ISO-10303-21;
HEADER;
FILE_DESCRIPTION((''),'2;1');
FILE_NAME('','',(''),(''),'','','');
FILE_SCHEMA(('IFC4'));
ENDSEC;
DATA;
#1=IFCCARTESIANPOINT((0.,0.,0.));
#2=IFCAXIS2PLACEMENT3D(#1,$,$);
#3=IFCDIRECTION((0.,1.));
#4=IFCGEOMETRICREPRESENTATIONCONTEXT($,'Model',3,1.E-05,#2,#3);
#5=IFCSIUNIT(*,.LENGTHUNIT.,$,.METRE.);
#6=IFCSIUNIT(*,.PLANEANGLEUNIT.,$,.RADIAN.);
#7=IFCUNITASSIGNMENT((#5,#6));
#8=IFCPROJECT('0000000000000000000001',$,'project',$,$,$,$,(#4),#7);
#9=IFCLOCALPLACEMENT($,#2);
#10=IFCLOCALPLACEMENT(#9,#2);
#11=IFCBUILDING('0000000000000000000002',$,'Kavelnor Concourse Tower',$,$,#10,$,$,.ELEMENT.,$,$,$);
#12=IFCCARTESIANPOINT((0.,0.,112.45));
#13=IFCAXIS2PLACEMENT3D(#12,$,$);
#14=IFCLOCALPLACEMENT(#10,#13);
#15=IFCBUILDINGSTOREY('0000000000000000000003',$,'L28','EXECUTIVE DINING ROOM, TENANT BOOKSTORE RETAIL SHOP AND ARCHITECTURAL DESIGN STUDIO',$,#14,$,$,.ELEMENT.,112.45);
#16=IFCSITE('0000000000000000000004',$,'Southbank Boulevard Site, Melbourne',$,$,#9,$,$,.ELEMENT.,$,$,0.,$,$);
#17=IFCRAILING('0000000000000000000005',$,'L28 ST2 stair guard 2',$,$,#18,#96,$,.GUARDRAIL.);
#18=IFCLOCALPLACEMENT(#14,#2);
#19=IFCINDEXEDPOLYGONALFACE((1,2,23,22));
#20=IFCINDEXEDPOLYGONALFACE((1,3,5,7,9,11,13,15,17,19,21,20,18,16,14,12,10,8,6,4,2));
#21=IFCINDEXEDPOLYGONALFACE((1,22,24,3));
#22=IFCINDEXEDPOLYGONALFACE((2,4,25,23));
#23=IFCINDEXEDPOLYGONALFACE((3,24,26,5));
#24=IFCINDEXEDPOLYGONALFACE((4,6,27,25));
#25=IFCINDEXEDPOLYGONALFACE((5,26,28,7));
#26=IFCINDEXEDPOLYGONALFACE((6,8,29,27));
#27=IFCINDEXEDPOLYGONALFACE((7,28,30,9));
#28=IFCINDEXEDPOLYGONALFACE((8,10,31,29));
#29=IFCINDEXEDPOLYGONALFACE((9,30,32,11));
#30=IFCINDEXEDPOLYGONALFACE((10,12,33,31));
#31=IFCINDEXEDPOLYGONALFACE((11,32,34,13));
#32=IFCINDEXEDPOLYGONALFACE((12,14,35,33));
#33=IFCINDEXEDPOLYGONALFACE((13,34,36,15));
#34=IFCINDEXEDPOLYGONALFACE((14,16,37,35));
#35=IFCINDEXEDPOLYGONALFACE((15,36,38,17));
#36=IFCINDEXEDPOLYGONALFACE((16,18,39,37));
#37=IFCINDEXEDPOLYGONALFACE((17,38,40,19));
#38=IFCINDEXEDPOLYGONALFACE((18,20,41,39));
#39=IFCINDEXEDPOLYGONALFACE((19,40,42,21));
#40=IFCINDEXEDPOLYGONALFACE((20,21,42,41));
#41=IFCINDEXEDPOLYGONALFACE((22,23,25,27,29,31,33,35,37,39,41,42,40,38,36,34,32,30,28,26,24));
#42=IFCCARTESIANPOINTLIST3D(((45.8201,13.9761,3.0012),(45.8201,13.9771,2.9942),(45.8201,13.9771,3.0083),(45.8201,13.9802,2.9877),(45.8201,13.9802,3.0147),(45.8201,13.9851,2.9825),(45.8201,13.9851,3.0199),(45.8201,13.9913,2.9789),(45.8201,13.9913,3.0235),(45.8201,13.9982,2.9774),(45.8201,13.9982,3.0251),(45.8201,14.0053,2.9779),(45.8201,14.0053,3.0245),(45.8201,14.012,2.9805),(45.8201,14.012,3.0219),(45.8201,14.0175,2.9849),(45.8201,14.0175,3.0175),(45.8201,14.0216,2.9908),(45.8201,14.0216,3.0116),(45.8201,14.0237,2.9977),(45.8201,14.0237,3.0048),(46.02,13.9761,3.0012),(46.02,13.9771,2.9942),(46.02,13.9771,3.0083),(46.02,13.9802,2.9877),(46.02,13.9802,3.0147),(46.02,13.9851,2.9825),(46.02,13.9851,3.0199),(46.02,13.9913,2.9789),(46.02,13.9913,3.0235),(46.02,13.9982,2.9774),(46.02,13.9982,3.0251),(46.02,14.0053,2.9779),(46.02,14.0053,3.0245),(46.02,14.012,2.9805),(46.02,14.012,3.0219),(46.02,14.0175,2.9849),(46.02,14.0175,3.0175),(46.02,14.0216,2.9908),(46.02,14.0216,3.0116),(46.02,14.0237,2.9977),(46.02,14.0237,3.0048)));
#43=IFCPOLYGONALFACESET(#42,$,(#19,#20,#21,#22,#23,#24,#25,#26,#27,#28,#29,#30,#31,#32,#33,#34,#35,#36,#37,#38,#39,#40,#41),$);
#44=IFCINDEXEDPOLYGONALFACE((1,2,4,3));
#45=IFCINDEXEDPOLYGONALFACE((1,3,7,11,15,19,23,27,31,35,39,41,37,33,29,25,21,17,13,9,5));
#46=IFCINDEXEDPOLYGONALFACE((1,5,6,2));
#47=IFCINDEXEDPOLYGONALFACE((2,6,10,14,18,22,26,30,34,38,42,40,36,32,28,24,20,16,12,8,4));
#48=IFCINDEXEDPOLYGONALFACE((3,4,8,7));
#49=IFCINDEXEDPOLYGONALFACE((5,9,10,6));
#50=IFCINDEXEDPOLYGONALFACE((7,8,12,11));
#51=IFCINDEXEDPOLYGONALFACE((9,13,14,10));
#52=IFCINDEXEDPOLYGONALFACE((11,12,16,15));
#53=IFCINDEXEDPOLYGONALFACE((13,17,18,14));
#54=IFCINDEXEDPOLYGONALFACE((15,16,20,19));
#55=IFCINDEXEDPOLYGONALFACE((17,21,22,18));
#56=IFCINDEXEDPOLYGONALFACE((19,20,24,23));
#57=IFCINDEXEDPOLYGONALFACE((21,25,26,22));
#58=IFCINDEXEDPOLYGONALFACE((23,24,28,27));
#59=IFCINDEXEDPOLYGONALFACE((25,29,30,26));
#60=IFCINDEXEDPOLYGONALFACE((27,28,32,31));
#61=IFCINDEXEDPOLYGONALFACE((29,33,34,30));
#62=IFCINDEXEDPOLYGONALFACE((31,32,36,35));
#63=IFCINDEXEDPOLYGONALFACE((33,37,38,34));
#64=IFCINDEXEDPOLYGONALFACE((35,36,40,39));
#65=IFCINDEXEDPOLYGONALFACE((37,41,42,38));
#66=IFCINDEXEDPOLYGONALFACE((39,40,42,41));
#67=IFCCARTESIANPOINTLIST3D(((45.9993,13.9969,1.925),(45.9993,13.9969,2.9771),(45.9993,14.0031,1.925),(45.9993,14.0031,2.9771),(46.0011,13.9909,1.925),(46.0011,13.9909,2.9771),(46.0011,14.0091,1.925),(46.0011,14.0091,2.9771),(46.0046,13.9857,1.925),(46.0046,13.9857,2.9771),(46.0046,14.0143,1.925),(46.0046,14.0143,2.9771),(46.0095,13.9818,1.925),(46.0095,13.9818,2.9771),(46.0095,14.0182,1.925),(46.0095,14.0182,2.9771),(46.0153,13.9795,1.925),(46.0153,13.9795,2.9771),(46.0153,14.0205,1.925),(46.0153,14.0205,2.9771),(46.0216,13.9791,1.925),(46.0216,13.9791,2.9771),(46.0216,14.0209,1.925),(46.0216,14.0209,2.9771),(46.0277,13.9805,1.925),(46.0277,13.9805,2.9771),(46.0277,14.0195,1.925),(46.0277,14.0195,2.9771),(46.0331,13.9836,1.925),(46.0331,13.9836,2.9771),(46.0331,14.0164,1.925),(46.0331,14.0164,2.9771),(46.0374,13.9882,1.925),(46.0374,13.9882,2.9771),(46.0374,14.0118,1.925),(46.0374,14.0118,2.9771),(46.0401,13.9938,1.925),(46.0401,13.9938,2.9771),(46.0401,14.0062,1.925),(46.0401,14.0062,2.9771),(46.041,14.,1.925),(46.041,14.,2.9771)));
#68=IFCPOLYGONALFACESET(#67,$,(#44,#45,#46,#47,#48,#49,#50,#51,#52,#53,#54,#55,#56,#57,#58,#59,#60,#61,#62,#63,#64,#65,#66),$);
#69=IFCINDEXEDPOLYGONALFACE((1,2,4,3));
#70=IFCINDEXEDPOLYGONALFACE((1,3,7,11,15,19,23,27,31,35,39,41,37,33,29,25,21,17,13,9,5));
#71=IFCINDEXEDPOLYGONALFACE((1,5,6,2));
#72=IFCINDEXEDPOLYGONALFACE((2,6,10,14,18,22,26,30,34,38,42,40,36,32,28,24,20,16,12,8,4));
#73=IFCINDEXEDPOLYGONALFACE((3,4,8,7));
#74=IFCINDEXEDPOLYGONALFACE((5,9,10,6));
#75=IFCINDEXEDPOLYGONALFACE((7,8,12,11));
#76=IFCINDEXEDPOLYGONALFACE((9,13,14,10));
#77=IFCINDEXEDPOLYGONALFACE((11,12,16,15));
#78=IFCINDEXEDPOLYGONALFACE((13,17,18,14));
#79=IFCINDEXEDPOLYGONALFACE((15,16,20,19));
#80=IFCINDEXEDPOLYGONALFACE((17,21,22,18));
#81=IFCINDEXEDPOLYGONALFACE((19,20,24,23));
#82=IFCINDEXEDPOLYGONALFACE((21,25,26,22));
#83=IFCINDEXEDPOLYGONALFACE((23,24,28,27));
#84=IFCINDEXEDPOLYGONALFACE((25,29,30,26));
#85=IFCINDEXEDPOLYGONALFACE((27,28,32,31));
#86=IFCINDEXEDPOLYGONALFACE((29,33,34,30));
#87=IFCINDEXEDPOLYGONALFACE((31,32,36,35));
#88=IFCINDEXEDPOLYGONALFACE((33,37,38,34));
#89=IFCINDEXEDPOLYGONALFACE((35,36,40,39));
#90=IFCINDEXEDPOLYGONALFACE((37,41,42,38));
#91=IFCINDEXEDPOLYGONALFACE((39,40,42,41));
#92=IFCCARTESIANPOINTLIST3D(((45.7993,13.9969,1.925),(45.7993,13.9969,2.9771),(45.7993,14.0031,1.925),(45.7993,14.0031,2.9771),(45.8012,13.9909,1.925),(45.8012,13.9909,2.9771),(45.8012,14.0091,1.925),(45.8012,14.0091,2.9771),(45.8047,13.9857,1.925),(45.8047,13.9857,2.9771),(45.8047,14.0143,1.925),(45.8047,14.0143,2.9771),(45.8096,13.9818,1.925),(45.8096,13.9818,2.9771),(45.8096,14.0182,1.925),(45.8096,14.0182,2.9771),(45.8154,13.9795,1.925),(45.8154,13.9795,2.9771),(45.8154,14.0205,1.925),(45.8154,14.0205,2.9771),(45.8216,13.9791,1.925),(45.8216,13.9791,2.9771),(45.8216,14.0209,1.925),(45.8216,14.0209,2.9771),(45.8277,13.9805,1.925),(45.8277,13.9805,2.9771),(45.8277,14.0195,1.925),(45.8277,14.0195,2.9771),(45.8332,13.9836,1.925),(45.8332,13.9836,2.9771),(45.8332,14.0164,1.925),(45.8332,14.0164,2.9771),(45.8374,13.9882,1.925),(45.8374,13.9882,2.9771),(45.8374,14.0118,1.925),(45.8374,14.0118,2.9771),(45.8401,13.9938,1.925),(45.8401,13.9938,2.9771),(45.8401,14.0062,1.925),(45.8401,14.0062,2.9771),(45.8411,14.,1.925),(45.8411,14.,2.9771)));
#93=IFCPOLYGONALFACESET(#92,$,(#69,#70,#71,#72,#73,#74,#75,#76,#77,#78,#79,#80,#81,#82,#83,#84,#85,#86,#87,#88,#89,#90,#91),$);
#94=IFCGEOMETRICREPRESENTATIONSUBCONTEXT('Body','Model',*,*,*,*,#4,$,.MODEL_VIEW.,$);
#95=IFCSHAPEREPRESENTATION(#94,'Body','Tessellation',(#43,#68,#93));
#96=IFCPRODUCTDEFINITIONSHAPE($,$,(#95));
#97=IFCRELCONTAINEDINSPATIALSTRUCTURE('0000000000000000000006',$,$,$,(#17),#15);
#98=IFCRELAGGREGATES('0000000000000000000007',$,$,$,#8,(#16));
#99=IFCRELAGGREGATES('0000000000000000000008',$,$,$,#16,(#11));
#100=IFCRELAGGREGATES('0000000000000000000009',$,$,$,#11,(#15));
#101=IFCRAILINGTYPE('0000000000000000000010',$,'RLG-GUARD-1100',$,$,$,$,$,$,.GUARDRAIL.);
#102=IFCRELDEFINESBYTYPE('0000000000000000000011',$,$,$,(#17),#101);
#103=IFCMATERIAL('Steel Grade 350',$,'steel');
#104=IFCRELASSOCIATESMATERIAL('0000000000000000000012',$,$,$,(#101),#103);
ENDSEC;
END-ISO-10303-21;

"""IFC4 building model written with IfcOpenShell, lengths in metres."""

from ifc_helpers import new_model, si_unit, direction, frame, origin, origin_2d, place, context, subcontext, project, spatial, circle, extrude, material, type_object, element, save


model = new_model("IFC4")

# Units and contexts
model_context = context("Model", 3, precision=1e-05, world=origin(), true_north=direction((0.0, 1.0)))
body_context = subcontext(model_context, "Body", "Model", "MODEL_VIEW")
ifc_project = project(units=[si_unit("LENGTHUNIT", "METRE"), si_unit("PLANEANGLEUNIT", "RADIAN")], contexts=[model_context])

# Site, building, storey
site_placement = place(None, origin())
site = spatial("IfcSite", under=ifc_project, at=site_placement, Name="Southbank Boulevard Site, Melbourne", CompositionType="ELEMENT", RefElevation=0.0)
building_placement = place(site_placement, origin())
building = spatial("IfcBuilding", under=site, at=building_placement, Name="Kavelnor Concourse Tower", CompositionType="ELEMENT")
storey_placement = place(building_placement, frame((0.0, 0.0, 112.45)))
storey = spatial("IfcBuildingStorey", under=building, at=storey_placement, Name="L28", Description="EXECUTIVE DINING ROOM, TENANT BOOKSTORE RETAIL SHOP AND ARCHITECTURAL DESIGN STUDIO", CompositionType="ELEMENT", Elevation=112.45)

# Shared definitions
ifc_material_1 = material(Name="Steel Grade 350", Category="steel")

# Railing
railing_type_1 = type_object("IfcRailingType", Name="RLG-GUARD-1100", PredefinedType="GUARDRAIL", material=ifc_material_1)
railing_1_placement = place(storey_placement, frame((46.02, 14.0, 1.925)))
element("IfcRailing", 1, at=railing_1_placement, inside=storey, type_object=railing_type_1, Name="L28 ST2 stair guard 2", PredefinedType="GUARDRAIL", context=body_context, shape_type="SweptSolid", body=[
    extrude(circle(Radius=0.0239, at=origin_2d()), frame((0.0, 0.0, 1.0762), z_axis=(-1.0, 0.0, 0.0), x_axis=(0.0, -1.0, 0.0)), (0.0, 0.0, 1.0), 0.2),
    extrude(circle(Radius=0.021, at=origin_2d()), origin(), (0.0, 0.0, 1.0), 1.052),
    extrude(circle(Radius=0.021, at=origin_2d()), frame((-0.2, 0.0, 0.0)), (0.0, 0.0, 1.0), 1.052),
])

save(model, "model.ifc")
